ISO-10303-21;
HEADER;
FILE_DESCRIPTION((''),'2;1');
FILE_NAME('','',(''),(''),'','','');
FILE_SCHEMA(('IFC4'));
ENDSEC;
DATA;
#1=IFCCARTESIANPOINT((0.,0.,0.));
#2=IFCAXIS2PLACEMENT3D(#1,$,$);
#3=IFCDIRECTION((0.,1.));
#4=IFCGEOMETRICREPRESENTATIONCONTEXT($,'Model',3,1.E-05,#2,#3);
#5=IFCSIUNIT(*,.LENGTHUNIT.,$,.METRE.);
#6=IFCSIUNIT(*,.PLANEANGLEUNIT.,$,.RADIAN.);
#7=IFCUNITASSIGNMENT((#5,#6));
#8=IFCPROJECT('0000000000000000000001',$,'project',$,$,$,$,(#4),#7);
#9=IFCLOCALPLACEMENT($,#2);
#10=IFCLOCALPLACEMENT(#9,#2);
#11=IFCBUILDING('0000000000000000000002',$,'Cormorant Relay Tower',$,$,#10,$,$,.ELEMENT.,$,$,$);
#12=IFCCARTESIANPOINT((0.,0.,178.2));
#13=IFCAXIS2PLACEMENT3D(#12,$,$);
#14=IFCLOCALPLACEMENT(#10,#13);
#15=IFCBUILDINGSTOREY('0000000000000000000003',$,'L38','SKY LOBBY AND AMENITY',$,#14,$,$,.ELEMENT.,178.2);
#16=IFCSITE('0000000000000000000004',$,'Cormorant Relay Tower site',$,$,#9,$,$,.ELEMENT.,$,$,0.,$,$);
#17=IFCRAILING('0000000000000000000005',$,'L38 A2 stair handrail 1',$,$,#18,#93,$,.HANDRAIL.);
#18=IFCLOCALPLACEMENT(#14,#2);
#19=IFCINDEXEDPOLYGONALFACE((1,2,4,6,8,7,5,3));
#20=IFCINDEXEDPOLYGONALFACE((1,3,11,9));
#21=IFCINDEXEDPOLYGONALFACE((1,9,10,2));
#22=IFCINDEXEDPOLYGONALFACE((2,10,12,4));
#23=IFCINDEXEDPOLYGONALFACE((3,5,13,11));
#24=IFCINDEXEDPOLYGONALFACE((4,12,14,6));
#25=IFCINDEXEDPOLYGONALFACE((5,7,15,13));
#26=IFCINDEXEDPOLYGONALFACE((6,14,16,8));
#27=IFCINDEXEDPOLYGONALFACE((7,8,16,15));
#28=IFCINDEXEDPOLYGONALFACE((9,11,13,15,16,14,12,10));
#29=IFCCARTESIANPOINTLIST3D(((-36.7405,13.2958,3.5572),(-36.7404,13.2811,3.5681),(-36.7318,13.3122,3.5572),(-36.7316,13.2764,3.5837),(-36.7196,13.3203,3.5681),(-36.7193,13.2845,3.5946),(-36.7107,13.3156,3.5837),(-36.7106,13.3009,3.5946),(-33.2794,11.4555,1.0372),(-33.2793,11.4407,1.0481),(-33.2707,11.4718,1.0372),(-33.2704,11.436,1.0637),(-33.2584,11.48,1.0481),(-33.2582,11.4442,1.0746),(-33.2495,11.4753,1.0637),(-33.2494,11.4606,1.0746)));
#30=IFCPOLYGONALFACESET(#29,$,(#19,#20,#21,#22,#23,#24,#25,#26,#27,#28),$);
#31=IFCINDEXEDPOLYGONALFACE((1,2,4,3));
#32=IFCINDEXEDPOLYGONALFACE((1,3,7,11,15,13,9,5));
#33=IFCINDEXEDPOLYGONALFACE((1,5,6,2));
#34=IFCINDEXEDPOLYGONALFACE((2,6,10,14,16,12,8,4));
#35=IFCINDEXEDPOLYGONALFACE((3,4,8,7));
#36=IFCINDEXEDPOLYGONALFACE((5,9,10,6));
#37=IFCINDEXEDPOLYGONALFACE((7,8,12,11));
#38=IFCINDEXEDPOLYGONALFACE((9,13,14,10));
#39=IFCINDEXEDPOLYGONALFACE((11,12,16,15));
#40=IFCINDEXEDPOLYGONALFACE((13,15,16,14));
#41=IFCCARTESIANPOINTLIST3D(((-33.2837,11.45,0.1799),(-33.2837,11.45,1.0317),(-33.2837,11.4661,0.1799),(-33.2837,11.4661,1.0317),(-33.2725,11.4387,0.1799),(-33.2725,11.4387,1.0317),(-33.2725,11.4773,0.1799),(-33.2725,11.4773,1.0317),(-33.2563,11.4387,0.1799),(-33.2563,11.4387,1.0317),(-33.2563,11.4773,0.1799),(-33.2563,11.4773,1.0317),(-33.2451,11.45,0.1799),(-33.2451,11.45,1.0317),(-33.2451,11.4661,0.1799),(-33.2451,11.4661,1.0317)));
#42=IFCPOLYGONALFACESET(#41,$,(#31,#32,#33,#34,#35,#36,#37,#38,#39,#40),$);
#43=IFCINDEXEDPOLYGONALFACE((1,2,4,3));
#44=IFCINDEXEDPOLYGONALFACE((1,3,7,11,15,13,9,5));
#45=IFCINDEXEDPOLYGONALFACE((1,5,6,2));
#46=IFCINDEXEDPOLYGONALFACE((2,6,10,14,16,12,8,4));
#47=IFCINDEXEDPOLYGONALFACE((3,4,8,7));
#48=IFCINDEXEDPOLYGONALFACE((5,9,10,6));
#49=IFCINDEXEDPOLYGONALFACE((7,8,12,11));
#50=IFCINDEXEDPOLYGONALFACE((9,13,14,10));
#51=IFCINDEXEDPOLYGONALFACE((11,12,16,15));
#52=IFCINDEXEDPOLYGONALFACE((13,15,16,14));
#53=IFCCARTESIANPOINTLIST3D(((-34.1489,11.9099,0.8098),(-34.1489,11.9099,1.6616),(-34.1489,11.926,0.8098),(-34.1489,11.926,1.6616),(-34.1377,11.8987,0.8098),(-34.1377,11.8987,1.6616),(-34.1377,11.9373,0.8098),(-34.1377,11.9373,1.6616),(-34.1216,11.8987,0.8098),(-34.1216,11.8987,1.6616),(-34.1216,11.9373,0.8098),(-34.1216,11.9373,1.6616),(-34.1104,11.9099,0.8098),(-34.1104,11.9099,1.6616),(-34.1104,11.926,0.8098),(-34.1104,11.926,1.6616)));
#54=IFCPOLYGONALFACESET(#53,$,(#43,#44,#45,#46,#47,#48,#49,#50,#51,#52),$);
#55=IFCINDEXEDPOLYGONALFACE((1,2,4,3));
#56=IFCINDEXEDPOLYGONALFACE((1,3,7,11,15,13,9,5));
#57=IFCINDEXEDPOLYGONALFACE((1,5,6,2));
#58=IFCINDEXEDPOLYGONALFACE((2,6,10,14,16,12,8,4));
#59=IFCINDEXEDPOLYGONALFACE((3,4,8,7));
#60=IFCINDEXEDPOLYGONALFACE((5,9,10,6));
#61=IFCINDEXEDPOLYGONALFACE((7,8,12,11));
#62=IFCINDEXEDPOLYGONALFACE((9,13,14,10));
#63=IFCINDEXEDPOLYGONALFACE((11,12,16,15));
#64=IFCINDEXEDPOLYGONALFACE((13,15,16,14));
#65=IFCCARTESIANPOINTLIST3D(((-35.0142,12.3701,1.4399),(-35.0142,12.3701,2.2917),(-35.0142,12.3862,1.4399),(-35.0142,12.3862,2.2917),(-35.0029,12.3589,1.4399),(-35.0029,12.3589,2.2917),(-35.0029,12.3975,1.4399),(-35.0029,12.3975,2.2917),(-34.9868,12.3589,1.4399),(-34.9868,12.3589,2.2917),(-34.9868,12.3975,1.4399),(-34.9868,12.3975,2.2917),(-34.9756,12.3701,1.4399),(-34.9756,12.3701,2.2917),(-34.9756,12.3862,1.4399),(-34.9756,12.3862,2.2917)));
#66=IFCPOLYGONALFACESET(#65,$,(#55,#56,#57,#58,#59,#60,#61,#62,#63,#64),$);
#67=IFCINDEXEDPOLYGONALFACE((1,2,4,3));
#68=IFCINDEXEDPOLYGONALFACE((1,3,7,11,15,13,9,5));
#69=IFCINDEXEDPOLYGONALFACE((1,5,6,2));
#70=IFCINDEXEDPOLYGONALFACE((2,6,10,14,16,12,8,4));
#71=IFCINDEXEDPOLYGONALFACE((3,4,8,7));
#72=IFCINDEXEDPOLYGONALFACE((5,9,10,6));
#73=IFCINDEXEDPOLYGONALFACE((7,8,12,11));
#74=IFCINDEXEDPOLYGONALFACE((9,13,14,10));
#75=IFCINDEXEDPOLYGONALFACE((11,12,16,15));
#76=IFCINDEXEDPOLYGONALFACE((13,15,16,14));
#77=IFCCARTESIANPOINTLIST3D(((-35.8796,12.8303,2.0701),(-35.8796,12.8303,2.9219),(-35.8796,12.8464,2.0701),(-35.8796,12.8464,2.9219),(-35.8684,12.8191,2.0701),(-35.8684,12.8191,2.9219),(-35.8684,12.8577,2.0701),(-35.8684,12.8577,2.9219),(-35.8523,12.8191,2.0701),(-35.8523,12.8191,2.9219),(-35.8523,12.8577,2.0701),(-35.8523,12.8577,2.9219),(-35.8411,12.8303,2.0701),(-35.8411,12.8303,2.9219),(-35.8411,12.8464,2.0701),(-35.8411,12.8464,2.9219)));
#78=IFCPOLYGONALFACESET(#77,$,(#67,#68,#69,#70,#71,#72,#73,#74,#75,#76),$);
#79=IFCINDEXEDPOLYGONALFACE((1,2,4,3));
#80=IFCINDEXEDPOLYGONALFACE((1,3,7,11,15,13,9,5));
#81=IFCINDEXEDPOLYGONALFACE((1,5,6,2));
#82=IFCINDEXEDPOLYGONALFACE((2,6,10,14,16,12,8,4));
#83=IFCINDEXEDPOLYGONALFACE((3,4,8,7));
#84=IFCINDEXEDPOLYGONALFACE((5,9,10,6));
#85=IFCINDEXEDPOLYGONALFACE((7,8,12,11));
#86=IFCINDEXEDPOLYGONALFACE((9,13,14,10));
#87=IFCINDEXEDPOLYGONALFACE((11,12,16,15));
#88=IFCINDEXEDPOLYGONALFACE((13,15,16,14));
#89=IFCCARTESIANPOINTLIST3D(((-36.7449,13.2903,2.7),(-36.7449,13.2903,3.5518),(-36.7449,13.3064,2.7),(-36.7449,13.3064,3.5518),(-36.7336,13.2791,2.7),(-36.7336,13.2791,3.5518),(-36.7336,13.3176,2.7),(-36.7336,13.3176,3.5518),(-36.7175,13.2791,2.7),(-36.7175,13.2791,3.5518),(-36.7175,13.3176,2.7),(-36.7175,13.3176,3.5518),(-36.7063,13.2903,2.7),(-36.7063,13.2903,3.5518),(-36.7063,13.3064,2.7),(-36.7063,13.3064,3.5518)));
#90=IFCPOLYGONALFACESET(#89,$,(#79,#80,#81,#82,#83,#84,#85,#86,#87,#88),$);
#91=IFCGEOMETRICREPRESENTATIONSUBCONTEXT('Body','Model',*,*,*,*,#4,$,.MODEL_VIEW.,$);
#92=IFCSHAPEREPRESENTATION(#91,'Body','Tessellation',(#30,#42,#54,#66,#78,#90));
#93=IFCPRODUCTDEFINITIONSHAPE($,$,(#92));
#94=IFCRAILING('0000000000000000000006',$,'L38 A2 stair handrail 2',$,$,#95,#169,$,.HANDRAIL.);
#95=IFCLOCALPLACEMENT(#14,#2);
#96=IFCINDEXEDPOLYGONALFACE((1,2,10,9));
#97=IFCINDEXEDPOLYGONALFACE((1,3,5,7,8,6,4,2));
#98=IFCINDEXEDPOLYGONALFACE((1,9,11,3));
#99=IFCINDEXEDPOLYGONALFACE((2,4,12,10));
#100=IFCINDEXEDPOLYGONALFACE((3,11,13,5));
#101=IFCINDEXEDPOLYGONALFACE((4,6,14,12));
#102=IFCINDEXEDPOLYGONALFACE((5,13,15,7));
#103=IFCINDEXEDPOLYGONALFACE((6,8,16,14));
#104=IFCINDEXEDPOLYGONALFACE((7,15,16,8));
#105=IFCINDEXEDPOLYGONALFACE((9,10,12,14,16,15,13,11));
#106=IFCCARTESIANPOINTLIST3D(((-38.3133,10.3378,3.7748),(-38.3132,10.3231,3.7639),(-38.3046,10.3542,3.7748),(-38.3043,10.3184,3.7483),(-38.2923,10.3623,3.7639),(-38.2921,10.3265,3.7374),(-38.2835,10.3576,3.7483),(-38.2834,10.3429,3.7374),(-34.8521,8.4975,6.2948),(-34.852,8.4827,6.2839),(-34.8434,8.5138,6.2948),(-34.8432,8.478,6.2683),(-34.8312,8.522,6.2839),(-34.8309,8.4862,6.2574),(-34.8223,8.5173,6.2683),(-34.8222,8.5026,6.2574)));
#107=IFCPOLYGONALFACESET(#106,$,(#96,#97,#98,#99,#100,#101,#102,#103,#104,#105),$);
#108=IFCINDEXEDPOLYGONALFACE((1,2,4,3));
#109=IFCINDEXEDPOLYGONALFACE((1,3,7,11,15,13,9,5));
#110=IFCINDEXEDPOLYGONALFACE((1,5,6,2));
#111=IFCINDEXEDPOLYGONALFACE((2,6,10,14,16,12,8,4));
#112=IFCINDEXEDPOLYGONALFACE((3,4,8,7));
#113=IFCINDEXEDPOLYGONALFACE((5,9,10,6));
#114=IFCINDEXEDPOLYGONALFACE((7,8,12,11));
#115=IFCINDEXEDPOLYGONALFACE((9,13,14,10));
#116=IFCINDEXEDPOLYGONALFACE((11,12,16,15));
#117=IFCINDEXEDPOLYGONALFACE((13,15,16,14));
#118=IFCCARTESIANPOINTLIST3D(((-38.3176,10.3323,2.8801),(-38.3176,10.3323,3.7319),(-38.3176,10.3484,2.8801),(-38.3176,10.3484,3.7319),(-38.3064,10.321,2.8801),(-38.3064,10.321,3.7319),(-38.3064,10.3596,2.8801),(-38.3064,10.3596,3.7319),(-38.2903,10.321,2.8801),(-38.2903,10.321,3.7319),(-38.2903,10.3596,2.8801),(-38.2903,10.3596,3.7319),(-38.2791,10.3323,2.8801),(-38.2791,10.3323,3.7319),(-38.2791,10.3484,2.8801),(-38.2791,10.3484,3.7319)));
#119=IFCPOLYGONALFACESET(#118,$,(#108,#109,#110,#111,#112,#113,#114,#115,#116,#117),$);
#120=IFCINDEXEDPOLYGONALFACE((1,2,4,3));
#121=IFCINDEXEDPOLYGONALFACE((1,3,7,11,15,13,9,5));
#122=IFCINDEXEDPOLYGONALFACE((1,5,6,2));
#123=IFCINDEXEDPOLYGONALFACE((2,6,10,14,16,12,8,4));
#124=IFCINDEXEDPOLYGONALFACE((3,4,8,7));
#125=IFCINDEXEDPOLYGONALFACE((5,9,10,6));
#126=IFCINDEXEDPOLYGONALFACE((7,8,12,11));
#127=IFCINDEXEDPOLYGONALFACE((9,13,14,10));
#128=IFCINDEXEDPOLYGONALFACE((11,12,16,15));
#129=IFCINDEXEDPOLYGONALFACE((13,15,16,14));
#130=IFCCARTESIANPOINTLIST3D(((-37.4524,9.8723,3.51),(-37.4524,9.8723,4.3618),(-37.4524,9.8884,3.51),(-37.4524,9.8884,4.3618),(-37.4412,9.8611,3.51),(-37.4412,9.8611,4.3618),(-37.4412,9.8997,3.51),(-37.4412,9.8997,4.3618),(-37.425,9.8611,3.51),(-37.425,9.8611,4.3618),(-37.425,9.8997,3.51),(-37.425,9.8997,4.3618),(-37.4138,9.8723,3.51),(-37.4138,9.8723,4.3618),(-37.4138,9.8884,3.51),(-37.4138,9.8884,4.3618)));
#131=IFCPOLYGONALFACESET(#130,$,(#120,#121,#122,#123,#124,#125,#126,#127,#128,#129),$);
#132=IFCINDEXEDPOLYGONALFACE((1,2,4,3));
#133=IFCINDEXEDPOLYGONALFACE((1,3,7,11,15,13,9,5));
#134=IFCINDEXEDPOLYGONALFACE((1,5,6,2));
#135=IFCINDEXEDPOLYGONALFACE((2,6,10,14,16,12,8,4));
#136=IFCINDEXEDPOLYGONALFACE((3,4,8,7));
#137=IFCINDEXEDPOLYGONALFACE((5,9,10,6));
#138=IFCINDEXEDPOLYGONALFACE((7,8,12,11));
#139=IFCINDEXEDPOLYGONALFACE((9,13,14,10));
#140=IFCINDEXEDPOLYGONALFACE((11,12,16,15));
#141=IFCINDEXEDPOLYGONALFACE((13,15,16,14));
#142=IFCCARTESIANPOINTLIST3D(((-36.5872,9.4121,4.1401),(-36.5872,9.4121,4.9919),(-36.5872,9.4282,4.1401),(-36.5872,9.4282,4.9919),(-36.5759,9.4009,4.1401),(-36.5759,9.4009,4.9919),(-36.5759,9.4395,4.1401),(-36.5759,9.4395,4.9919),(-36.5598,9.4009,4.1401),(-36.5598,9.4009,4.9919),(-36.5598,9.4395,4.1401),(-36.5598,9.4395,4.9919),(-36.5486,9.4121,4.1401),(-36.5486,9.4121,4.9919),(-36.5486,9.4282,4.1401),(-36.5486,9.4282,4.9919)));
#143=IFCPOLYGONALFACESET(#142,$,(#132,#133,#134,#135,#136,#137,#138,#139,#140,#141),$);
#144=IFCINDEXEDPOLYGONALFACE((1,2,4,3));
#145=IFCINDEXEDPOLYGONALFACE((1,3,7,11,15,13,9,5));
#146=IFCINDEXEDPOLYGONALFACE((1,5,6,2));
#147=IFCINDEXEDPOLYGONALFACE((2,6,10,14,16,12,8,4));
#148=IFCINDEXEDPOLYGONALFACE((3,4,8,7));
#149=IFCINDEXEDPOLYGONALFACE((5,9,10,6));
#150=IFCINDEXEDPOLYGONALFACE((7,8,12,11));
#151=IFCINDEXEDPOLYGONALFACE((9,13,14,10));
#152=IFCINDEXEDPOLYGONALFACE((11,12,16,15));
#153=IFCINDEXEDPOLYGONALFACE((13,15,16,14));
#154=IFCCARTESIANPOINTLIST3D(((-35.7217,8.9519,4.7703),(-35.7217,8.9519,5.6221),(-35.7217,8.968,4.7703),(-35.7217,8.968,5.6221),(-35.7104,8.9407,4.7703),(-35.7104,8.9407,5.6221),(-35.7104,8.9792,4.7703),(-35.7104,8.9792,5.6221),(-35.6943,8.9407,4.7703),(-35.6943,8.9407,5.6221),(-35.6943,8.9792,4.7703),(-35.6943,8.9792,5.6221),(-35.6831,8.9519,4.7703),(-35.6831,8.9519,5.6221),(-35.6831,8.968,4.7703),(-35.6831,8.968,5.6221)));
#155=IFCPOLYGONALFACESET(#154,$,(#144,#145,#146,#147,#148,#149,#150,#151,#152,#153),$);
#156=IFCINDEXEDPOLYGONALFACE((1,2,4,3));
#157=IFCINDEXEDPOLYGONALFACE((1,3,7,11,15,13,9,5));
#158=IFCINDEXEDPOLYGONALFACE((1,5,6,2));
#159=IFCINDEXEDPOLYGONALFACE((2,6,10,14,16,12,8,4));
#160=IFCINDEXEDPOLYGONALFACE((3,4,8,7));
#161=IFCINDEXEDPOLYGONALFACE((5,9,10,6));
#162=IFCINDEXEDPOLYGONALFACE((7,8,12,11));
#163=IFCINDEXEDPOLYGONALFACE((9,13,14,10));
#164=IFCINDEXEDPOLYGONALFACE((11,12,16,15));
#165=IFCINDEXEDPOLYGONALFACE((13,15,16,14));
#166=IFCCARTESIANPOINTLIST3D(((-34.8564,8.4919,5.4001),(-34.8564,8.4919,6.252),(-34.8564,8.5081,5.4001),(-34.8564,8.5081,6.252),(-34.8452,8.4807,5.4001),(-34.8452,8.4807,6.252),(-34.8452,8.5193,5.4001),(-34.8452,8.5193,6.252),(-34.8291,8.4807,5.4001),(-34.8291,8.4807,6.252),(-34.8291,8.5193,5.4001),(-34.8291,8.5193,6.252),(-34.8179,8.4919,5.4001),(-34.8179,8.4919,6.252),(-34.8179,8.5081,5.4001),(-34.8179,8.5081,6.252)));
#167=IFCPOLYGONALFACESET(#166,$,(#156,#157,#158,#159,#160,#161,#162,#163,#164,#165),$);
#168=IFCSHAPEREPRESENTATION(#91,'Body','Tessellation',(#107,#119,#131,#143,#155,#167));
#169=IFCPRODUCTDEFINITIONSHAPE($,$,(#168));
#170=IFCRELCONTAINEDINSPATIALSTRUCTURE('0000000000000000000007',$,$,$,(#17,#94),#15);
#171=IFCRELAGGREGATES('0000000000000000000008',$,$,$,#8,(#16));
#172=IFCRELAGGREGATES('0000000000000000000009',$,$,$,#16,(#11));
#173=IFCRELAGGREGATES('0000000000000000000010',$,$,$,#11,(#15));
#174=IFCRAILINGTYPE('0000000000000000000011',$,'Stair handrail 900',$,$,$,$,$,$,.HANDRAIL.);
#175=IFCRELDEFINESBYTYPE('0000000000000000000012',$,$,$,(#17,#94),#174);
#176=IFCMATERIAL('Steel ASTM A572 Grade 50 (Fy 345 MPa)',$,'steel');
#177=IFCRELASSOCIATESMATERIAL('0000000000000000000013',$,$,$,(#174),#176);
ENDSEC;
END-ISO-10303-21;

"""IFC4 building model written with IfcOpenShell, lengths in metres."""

from ifc_helpers import new_model, si_unit, direction, frame, origin, place, context, subcontext, project, spatial, polyline, outline, extrude, material, type_object, element, save


model = new_model("IFC4")

# Units and contexts
model_context = context("Model", 3, precision=1e-05, world=origin(), true_north=direction((0.0, 1.0)))
body_context = subcontext(model_context, "Body", "Model", "MODEL_VIEW")
ifc_project = project(units=[si_unit("LENGTHUNIT", "METRE"), si_unit("PLANEANGLEUNIT", "RADIAN")], contexts=[model_context])

# Site, building, storey
site_placement = place(None, origin())
site = spatial("IfcSite", under=ifc_project, at=site_placement, Name="Cormorant Relay Tower site", CompositionType="ELEMENT", RefElevation=0.0)
building_placement = place(site_placement, origin())
building = spatial("IfcBuilding", under=site, at=building_placement, Name="Cormorant Relay Tower", CompositionType="ELEMENT")
storey_placement = place(building_placement, frame((0.0, 0.0, 178.2)))
storey = spatial("IfcBuildingStorey", under=building, at=storey_placement, Name="L38", Description="SKY LOBBY AND AMENITY", CompositionType="ELEMENT", Elevation=178.2)

# Railings
ifc_material_1 = material(Name="Steel ASTM A572 Grade 50 (Fy 345 MPa)", Category="steel")
railing_type_1 = type_object("IfcRailingType", Name="Stair handrail 900", PredefinedType="HANDRAIL", material=ifc_material_1)
railing_1_placement = place(storey_placement, frame((-33.2644, 11.458, 0.1799)))
element("IfcRailing", 1, at=railing_1_placement, inside=storey, type_object=railing_type_1, Name="L38 A2 stair handrail 1", PredefinedType="HANDRAIL", context=body_context, shape_type="SweptSolid", body=[
    extrude(outline(polyline([(0.0222, 0.0093), (0.0093, 0.0222), (-0.0093, 0.0222), (-0.0222, 0.0093), (-0.0222, -0.0093), (-0.0093, -0.0222), (0.0093, -0.0222), (0.0222, -0.0093), (0.0222, 0.0093)])), frame((0.0, 0.0, 0.876), z_axis=(-0.742717, 0.394907, 0.540758), x_axis=(-0.469469, -0.882949, 0.0)), (0.0, 0.0, 1.0), 4.6602),
    extrude(outline(polyline([(0.0193, 0.0081), (0.0081, 0.0193), (-0.0081, 0.0193), (-0.0193, 0.0081), (-0.0193, -0.0081), (-0.0081, -0.0193), (0.0081, -0.0193), (0.0193, -0.0081), (0.0193, 0.0081)])), origin(), (0.0, 0.0, 1.0), 0.8518),
    extrude(outline(polyline([(0.0193, 0.0081), (0.0081, 0.0193), (-0.0081, 0.0193), (-0.0193, 0.0081), (-0.0193, -0.0081), (-0.0081, -0.0193), (0.0081, -0.0193), (0.0193, -0.0081), (0.0193, 0.0081)])), frame((-0.8652, 0.46, 0.6299)), (0.0, 0.0, 1.0), 0.8518),
    extrude(outline(polyline([(0.0193, 0.0081), (0.0081, 0.0193), (-0.0081, 0.0193), (-0.0193, 0.0081), (-0.0193, -0.0081), (-0.0081, -0.0193), (0.0081, -0.0193), (0.0193, -0.0081), (0.0193, 0.0081)])), frame((-1.7305, 0.9202, 1.26)), (0.0, 0.0, 1.0), 0.8518),
    extrude(outline(polyline([(0.0193, 0.0081), (0.0081, 0.0193), (-0.0081, 0.0193), (-0.0193, 0.0081), (-0.0193, -0.0081), (-0.0081, -0.0193), (0.0081, -0.0193), (0.0193, -0.0081), (0.0193, 0.0081)])), frame((-2.5959, 1.3804, 1.8901)), (0.0, 0.0, 1.0), 0.8518),
    extrude(outline(polyline([(0.0193, 0.0081), (0.0081, 0.0193), (-0.0081, 0.0193), (-0.0193, 0.0081), (-0.0193, -0.0081), (-0.0081, -0.0193), (0.0081, -0.0193), (0.0193, -0.0081), (0.0193, 0.0081)])), frame((-3.4612, 1.8403, 2.52)), (0.0, 0.0, 1.0), 0.8518),
])
railing_2_placement = place(storey_placement, frame((-38.2983, 10.3403, 2.8801)))
element("IfcRailing", 2, at=railing_2_placement, inside=storey, type_object=railing_type_1, Name="L38 A2 stair handrail 2", PredefinedType="HANDRAIL", context=body_context, shape_type="SweptSolid", body=[
    extrude(outline(polyline([(0.0222, 0.0093), (0.0093, 0.0222), (-0.0093, 0.0222), (-0.0222, 0.0093), (-0.0222, -0.0093), (-0.0093, -0.0222), (0.0093, -0.0222), (0.0222, -0.0093), (0.0222, 0.0093)])), frame((0.0, 0.0, 0.876), z_axis=(0.742717, -0.394907, 0.540758), x_axis=(0.469469, 0.882949, 0.0)), (0.0, 0.0, 1.0), 4.6602),
    extrude(outline(polyline([(0.0193, 0.0081), (0.0081, 0.0193), (-0.0081, 0.0193), (-0.0193, 0.0081), (-0.0193, -0.0081), (-0.0081, -0.0193), (0.0081, -0.0193), (0.0193, -0.0081), (0.0193, 0.0081)])), origin(), (0.0, 0.0, 1.0), 0.8518),
    extrude(outline(polyline([(0.0193, 0.0081), (0.0081, 0.0193), (-0.0081, 0.0193), (-0.0193, 0.0081), (-0.0193, -0.0081), (-0.0081, -0.0193), (0.0081, -0.0193), (0.0193, -0.0081), (0.0193, 0.0081)])), frame((0.8652, -0.46, 0.6299)), (0.0, 0.0, 1.0), 0.8518),
    extrude(outline(polyline([(0.0193, 0.0081), (0.0081, 0.0193), (-0.0081, 0.0193), (-0.0193, 0.0081), (-0.0193, -0.0081), (-0.0081, -0.0193), (0.0081, -0.0193), (0.0193, -0.0081), (0.0193, 0.0081)])), frame((1.7305, -0.9202, 1.26)), (0.0, 0.0, 1.0), 0.8518),
    extrude(outline(polyline([(0.0193, 0.0081), (0.0081, 0.0193), (-0.0081, 0.0193), (-0.0193, 0.0081), (-0.0193, -0.0081), (-0.0081, -0.0193), (0.0081, -0.0193), (0.0193, -0.0081), (0.0193, 0.0081)])), frame((2.5959, -1.3804, 1.8901)), (0.0, 0.0, 1.0), 0.8518),
    extrude(outline(polyline([(0.0193, 0.0081), (0.0081, 0.0193), (-0.0081, 0.0193), (-0.0193, 0.0081), (-0.0193, -0.0081), (-0.0081, -0.0193), (0.0081, -0.0193), (0.0193, -0.0081), (0.0193, 0.0081)])), frame((3.4612, -1.8403, 2.52)), (0.0, 0.0, 1.0), 0.8518),
])

save(model, "model.ifc")
